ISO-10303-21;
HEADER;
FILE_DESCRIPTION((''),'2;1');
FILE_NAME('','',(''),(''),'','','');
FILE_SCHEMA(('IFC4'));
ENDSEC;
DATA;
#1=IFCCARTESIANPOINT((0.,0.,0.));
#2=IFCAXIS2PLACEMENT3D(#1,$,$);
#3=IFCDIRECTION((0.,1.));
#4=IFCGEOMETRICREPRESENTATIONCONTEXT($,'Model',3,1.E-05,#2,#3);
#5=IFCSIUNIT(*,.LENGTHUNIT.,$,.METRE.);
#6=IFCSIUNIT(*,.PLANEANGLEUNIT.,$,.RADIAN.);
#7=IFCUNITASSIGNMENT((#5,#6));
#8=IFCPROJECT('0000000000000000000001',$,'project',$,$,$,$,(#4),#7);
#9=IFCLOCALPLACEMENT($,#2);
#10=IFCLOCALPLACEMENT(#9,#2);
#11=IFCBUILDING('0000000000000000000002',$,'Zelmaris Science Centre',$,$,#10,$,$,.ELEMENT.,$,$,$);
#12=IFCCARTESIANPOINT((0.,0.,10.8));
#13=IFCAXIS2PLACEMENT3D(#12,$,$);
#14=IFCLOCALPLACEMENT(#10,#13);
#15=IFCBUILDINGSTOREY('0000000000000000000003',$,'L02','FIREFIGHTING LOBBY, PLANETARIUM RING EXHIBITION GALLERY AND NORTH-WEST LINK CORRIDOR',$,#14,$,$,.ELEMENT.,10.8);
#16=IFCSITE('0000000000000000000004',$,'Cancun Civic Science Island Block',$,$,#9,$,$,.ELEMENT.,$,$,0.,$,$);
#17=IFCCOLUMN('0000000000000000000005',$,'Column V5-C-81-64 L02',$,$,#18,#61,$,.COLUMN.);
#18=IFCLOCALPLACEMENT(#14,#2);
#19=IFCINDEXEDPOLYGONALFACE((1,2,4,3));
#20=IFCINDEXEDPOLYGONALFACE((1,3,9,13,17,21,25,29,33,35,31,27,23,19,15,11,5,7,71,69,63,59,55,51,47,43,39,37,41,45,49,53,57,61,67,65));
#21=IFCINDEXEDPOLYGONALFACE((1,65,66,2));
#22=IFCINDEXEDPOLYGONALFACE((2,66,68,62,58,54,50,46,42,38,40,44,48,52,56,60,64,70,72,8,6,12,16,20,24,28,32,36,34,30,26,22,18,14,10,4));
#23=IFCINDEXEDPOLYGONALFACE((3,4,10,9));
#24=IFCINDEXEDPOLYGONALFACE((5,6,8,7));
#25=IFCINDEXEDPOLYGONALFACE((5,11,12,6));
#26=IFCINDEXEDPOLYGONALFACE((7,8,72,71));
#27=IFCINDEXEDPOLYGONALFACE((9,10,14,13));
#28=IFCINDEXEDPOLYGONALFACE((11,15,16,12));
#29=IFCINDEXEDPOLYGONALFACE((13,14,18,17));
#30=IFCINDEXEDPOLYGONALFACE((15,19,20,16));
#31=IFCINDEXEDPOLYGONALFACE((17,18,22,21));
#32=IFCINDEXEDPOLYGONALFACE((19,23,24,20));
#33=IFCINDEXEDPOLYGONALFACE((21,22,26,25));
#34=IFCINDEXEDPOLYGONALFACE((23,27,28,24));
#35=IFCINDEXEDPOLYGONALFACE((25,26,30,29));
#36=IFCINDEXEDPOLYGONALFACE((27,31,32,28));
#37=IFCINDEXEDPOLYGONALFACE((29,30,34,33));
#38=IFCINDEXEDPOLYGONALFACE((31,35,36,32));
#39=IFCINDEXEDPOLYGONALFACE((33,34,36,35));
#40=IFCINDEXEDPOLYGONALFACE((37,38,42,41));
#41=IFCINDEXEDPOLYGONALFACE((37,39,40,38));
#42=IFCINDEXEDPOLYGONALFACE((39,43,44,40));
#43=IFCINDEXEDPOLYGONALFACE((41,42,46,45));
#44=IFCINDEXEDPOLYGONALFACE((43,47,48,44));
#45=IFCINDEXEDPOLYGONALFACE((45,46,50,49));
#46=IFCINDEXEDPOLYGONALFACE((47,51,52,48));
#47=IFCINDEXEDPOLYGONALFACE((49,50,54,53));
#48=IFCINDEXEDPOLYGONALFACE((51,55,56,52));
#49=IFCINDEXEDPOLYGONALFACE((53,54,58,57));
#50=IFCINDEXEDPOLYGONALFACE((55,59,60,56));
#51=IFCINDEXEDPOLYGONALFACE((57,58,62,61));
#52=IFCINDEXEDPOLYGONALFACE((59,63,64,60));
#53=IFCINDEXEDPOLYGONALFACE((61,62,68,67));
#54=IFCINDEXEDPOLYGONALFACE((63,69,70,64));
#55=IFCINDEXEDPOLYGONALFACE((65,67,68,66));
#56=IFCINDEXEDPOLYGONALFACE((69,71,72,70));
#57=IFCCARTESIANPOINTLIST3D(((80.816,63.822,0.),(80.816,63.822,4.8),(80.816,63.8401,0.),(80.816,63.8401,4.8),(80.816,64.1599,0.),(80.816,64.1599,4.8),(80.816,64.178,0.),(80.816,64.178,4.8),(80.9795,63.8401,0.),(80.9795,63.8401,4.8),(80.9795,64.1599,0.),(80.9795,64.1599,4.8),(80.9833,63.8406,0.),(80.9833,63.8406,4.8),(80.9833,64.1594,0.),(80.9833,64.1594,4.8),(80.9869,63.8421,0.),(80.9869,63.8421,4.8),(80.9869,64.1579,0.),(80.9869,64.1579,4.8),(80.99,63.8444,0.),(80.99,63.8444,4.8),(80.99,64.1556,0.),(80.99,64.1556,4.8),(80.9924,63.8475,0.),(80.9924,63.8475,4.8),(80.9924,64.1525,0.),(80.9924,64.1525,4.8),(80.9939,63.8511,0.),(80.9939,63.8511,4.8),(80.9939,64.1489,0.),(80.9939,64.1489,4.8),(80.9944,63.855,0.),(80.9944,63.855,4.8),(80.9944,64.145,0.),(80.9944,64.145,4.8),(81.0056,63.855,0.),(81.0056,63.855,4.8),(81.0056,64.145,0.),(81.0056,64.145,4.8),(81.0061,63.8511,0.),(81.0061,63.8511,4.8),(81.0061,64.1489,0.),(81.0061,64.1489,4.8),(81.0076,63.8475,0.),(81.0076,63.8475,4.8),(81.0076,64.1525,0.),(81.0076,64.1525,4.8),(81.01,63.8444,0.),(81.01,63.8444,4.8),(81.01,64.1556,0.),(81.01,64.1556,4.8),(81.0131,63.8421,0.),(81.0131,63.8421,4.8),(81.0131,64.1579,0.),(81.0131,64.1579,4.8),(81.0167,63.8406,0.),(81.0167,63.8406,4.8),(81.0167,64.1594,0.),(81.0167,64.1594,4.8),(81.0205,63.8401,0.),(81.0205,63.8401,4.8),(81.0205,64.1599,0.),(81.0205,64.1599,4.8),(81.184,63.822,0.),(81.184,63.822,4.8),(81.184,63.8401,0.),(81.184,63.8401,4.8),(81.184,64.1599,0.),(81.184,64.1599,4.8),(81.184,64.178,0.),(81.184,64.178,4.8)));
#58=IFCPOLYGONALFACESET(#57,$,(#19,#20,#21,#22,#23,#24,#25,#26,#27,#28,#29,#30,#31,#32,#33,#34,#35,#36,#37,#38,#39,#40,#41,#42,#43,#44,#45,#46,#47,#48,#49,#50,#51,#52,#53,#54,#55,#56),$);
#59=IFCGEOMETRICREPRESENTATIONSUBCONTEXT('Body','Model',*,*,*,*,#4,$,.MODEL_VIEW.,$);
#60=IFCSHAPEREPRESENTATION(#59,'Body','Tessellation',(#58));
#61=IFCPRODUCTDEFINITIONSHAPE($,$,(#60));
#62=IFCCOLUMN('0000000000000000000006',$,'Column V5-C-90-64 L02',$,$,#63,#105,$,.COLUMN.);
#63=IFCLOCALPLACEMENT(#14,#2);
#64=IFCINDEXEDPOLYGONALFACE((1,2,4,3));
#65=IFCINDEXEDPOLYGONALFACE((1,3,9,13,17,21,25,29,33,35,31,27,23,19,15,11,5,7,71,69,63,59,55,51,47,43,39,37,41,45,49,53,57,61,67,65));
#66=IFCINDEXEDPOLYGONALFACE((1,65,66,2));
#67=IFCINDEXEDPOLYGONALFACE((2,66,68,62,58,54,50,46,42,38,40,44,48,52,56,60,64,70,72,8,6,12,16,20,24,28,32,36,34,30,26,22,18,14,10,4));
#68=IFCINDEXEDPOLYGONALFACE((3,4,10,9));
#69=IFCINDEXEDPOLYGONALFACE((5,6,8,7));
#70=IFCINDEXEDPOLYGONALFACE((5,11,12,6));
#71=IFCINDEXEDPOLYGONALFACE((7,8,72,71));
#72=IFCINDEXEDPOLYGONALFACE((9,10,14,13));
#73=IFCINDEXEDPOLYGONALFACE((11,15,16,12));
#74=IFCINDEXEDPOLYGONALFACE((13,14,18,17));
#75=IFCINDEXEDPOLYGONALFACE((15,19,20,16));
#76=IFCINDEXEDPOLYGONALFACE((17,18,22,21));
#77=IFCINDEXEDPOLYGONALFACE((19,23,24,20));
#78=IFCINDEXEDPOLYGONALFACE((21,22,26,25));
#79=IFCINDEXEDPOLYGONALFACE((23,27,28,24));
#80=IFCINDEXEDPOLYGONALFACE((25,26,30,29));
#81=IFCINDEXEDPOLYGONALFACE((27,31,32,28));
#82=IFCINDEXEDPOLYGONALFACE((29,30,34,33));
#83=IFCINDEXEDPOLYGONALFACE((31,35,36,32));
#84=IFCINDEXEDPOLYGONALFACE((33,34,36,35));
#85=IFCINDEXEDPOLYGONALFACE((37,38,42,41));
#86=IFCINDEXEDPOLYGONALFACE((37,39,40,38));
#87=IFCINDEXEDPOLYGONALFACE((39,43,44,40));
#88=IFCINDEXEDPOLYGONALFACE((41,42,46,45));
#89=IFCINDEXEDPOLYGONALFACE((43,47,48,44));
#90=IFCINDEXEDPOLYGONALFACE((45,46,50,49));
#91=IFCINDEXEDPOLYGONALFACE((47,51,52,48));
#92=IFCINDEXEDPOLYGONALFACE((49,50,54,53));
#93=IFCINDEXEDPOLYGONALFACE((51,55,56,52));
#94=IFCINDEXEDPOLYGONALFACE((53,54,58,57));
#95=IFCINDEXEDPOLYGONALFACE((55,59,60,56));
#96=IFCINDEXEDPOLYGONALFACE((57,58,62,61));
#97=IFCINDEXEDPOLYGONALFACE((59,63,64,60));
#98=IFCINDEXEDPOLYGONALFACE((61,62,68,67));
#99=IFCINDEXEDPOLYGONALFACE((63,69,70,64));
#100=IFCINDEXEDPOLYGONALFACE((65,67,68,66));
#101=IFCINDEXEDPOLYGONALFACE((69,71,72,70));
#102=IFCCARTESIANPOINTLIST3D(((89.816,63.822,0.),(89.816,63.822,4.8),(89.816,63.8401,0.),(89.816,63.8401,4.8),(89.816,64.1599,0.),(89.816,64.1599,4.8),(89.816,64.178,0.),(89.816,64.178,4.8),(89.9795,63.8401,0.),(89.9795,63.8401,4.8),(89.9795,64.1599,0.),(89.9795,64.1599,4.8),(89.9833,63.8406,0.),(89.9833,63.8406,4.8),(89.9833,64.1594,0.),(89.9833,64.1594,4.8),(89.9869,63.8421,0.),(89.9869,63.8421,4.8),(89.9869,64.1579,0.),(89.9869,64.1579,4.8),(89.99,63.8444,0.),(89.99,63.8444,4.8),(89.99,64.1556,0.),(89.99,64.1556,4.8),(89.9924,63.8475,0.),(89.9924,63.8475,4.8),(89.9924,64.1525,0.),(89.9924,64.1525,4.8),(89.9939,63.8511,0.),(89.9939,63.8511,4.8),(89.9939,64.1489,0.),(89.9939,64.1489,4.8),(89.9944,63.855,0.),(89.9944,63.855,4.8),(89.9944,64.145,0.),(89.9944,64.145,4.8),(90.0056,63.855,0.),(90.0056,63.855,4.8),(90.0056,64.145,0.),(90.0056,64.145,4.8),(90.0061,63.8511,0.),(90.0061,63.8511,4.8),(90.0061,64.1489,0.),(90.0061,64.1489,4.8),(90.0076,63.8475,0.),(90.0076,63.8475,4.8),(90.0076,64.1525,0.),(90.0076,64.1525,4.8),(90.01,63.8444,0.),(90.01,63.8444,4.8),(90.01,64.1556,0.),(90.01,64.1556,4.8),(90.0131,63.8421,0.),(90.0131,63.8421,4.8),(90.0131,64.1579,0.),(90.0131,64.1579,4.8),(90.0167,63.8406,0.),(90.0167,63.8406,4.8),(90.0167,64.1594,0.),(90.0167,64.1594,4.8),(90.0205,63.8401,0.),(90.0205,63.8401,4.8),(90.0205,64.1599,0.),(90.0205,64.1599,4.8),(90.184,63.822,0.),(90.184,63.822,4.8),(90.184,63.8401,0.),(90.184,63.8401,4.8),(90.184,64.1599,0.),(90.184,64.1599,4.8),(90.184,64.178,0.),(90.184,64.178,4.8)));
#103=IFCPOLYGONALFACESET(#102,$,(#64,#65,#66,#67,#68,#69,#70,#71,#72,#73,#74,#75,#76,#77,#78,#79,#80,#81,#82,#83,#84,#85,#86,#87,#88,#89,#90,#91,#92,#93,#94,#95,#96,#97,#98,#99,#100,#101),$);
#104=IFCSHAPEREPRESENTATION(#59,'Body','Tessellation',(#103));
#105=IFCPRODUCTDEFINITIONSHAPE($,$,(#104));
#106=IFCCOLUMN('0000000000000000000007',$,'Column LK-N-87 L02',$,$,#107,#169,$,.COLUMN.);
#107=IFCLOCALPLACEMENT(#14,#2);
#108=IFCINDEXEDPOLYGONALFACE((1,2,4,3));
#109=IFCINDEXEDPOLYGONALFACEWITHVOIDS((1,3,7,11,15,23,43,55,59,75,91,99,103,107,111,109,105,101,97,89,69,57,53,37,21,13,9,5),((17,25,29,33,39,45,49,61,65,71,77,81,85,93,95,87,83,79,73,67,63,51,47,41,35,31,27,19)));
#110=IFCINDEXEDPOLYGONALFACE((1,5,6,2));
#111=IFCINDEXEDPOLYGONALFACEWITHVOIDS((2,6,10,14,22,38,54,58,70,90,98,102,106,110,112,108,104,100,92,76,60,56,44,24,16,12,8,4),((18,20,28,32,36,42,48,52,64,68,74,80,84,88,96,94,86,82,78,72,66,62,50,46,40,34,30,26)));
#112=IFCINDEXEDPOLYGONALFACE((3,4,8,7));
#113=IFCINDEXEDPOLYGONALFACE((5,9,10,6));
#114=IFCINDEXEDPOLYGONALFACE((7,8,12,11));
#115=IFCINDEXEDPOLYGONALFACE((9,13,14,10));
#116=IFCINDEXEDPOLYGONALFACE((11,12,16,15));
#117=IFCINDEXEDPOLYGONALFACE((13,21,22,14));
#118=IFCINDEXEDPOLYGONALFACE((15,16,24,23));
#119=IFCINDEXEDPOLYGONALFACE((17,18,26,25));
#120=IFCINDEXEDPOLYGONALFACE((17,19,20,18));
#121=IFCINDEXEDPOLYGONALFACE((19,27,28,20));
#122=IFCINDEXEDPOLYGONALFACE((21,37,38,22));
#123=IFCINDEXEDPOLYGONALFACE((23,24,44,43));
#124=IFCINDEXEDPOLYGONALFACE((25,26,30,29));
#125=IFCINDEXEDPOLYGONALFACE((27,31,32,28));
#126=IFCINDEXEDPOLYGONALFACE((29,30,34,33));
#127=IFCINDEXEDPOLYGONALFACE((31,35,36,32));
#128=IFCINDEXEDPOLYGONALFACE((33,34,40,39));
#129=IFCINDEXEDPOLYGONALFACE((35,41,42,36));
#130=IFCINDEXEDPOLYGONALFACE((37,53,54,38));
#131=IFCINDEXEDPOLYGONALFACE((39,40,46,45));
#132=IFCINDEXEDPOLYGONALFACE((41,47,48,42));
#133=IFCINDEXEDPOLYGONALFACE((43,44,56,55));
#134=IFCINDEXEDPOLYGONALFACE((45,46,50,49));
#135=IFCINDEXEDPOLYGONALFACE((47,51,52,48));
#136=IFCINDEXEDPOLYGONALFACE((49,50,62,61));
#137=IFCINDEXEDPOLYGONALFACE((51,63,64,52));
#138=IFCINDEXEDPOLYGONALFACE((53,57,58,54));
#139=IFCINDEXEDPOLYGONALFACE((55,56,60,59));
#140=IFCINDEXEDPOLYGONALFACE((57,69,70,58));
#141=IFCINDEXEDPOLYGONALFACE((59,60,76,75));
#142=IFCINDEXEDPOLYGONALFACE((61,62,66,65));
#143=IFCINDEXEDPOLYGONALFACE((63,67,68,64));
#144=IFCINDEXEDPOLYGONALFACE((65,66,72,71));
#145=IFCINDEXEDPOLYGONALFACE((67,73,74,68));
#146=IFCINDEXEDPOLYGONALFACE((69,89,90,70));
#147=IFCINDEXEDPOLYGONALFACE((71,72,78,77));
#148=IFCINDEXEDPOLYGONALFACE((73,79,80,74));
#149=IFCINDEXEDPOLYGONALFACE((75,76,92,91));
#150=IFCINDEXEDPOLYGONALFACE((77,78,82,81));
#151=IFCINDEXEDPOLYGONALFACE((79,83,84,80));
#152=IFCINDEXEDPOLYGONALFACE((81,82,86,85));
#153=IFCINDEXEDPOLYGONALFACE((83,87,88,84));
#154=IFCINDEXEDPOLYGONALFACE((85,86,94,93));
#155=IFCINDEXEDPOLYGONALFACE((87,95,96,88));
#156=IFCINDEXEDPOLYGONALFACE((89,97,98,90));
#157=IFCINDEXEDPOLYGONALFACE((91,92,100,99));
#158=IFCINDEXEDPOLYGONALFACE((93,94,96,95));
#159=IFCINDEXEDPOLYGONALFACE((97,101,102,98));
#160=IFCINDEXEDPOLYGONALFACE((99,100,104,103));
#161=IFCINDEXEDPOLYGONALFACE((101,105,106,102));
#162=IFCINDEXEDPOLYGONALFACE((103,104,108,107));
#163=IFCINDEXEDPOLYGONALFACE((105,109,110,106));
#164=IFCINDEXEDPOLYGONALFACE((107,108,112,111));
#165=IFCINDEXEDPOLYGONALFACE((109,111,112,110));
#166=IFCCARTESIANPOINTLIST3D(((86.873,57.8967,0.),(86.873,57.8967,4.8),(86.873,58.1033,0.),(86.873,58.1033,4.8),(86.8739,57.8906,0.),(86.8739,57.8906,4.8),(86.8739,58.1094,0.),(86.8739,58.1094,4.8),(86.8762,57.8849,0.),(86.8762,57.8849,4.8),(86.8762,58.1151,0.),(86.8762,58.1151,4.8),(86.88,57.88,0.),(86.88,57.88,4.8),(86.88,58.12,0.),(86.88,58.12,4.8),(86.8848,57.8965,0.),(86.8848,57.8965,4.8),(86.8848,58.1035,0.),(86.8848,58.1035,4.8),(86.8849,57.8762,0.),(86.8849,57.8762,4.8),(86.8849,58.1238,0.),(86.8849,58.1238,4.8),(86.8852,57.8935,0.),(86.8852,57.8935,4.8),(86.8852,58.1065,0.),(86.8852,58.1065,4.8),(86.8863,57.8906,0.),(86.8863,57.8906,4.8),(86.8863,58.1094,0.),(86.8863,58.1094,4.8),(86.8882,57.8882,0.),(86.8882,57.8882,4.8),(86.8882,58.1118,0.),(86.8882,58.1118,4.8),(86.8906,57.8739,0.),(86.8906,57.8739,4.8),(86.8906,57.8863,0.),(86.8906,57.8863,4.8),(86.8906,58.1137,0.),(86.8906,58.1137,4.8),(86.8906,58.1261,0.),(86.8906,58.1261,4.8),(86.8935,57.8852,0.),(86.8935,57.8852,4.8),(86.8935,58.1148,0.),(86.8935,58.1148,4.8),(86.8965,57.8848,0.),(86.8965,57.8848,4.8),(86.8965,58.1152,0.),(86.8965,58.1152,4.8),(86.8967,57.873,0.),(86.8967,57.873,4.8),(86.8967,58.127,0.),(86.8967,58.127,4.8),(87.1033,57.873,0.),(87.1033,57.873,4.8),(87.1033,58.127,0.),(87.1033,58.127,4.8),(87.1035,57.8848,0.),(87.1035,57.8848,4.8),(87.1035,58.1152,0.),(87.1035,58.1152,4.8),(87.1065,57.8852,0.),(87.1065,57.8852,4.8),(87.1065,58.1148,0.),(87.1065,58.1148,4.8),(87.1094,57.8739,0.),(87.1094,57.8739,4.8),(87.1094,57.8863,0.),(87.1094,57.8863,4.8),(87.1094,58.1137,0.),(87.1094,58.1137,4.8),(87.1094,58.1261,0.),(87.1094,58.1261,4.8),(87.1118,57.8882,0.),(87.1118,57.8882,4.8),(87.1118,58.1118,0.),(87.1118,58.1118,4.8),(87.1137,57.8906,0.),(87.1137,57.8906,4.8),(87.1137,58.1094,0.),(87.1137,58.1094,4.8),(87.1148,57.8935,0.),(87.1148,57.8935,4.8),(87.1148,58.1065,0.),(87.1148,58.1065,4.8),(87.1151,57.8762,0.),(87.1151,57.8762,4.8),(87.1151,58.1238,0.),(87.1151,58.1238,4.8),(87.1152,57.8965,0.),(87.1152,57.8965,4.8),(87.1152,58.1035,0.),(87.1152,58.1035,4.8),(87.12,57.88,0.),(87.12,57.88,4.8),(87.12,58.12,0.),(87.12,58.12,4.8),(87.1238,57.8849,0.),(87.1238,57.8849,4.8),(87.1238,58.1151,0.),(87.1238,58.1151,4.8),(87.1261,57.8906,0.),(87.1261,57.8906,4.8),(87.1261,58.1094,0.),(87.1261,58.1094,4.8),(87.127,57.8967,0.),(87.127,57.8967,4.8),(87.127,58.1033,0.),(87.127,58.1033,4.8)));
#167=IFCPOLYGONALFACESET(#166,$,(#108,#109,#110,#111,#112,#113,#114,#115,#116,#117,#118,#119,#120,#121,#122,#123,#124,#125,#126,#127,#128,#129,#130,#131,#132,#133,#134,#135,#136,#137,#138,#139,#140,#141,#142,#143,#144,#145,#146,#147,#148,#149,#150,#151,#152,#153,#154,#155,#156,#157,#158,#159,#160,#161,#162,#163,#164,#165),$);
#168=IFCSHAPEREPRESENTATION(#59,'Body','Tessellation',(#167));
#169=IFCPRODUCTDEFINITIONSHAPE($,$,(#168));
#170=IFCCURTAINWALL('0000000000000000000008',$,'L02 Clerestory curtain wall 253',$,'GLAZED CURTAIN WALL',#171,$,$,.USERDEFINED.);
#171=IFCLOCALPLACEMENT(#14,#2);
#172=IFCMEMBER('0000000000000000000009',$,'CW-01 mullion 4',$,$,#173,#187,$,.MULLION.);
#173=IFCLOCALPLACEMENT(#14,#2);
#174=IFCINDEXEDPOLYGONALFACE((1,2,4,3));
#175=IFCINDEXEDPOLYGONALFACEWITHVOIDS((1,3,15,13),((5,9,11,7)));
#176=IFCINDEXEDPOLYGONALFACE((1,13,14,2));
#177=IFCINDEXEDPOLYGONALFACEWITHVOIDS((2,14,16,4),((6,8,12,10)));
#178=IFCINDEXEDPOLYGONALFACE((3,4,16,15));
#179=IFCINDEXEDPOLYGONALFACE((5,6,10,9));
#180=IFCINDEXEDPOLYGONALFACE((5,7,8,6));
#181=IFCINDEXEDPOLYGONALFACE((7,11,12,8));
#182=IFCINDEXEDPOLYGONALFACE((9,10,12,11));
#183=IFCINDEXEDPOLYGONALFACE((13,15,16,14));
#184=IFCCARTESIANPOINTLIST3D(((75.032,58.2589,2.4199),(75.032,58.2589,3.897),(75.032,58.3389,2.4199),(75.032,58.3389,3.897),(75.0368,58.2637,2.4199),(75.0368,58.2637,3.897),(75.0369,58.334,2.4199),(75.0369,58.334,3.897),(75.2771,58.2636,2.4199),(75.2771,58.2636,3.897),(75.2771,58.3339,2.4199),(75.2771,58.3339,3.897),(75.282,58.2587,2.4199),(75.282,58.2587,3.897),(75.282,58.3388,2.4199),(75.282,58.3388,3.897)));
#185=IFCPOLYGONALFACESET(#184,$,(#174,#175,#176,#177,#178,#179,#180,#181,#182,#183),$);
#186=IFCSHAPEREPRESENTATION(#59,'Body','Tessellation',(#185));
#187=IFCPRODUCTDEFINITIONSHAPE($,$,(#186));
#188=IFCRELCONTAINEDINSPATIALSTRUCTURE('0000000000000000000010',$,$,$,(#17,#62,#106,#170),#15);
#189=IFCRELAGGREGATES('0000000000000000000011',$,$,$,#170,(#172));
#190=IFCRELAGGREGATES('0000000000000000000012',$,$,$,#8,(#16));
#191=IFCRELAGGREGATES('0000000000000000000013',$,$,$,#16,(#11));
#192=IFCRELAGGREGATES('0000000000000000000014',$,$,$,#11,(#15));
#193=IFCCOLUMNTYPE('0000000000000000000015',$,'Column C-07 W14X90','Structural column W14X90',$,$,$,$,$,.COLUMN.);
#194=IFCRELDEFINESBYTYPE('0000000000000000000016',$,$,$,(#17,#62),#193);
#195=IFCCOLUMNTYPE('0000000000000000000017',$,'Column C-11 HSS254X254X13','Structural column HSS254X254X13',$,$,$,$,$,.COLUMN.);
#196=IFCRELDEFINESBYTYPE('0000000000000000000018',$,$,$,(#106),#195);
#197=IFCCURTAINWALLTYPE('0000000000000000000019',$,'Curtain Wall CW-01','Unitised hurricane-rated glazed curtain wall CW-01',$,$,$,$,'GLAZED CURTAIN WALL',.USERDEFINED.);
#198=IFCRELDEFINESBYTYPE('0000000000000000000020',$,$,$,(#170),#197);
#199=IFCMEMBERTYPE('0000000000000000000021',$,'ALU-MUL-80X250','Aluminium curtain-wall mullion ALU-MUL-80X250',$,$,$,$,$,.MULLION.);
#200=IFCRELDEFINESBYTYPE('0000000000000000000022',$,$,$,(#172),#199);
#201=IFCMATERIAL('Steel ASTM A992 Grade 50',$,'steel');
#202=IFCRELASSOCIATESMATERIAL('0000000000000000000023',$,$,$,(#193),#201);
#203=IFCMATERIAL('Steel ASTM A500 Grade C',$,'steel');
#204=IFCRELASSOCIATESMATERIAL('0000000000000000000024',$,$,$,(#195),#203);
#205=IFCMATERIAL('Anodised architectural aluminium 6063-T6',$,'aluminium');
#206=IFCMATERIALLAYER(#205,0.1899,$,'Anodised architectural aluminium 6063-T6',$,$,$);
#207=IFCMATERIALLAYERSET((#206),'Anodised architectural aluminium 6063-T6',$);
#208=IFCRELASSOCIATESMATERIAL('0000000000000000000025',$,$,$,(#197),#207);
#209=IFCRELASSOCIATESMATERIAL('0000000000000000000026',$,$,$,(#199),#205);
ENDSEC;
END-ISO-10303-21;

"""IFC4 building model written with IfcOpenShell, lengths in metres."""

from ifc_helpers import new_model, si_unit, direction, frame, origin, origin_2d, place, context, subcontext, project, spatial, hollow_rectangle, i_section, extrude, material, layer, layer_set, material_profile, profile_set, type_object, element, aggregate, save


model = new_model("IFC4")

# Units and contexts
model_context = context("Model", 3, precision=1e-05, world=origin(), true_north=direction((0.0, 1.0)))
body_context = subcontext(model_context, "Body", "Model", "MODEL_VIEW")
ifc_project = project(units=[si_unit("LENGTHUNIT", "METRE"), si_unit("PLANEANGLEUNIT", "RADIAN")], contexts=[model_context])

# Site, building, storey
site_placement = place(None, origin())
site = spatial("IfcSite", under=ifc_project, at=site_placement, Name="Cancun Civic Science Island Block", CompositionType="ELEMENT", RefElevation=0.0)
building_placement = place(site_placement, origin())
building = spatial("IfcBuilding", under=site, at=building_placement, Name="Zelmaris Science Centre", CompositionType="ELEMENT")
storey_placement = place(building_placement, frame((0.0, 0.0, 10.8)))
storey = spatial("IfcBuildingStorey", under=building, at=storey_placement, Name="L02", Description="FIREFIGHTING LOBBY, PLANETARIUM RING EXHIBITION GALLERY AND NORTH-WEST LINK CORRIDOR", CompositionType="ELEMENT", Elevation=10.8)

# Columns
ifc_material_1 = material(Name="Steel ASTM A992 Grade 50", Category="steel")
ifc_material_profile_1 = material_profile(ifc_material_1, i_section(OverallWidth=0.3679, OverallDepth=0.356, WebThickness=0.0112, FlangeThickness=0.0181, FilletRadius=0.0149, at=origin_2d()), Name="W14X90")
ifc_profile_set_1 = profile_set([ifc_material_profile_1], Name="Steel ASTM A992 Grade 50")
column_type_1 = type_object("IfcColumnType", Name="Column C-07 W14X90", Description="Structural column W14X90", PredefinedType="COLUMN", material=ifc_profile_set_1)
for number, where, z_axis, x_axis, name in (
    (1, (81.0, 64.0, 0.0), (0.0, 0.0, 1.0), (1.0, 0.0, 0.0), "Column V5-C-81-64 L02"),
    (2, (90.0, 64.0, 0.0), (0.0, 0.0, 1.0), (1.0, 0.0, 0.0), "Column V5-C-90-64 L02"),
):
    element("IfcColumn", number, at=place(storey_placement, frame(where, z_axis=z_axis, x_axis=x_axis)), inside=storey, type_object=column_type_1, Name=name, PredefinedType="COLUMN", context=body_context, shape_type="SweptSolid", body=[
        extrude(i_section(OverallWidth=0.3679, OverallDepth=0.356, WebThickness=0.0112, FlangeThickness=0.0181, FilletRadius=0.0149, at=origin_2d()), origin(), (0.0, 0.0, 1.0), 4.8),
    ])
ifc_material_2 = material(Name="Steel ASTM A500 Grade C", Category="steel")
ifc_material_profile_2 = material_profile(ifc_material_2, hollow_rectangle(XDim=0.2539, YDim=0.2539, WallThickness=0.0117, InnerFilletRadius=0.0117, OuterFilletRadius=0.0237, at=origin_2d()), Name="HSS254X254X13")
ifc_profile_set_2 = profile_set([ifc_material_profile_2], Name="Steel ASTM A500 Grade C")
column_type_2 = type_object("IfcColumnType", Name="Column C-11 HSS254X254X13", Description="Structural column HSS254X254X13", PredefinedType="COLUMN", material=ifc_profile_set_2)
column_placement = place(storey_placement, frame((87.0, 58.0, 0.0), z_axis=(0.0, 0.0, 1.0), x_axis=(1.0, 0.0, 0.0)))
element("IfcColumn", 3, at=column_placement, inside=storey, type_object=column_type_2, Name="Column LK-N-87 L02", PredefinedType="COLUMN", context=body_context, shape_type="SweptSolid", body=[
    extrude(hollow_rectangle(XDim=0.2539, YDim=0.2539, WallThickness=0.0117, InnerFilletRadius=0.0117, OuterFilletRadius=0.0237, at=origin_2d()), origin(), (0.0, 0.0, 1.0), 4.8),
])

# Curtain wall, member
ifc_material_3 = material(Name="Anodised architectural aluminium 6063-T6", Category="aluminium")
ifc_layer_1 = layer(ifc_material_3, 0.1899, Name="Anodised architectural aluminium 6063-T6")
ifc_layer_set_1 = layer_set([ifc_layer_1], Name="Anodised architectural aluminium 6063-T6")
curtain_wall_type = type_object("IfcCurtainWallType", Name="Curtain Wall CW-01", Description="Unitised hurricane-rated glazed curtain wall CW-01", ElementType="GLAZED CURTAIN WALL", PredefinedType="USERDEFINED", material=ifc_layer_set_1)
curtain_wall_placement = place(storey_placement, origin())
curtain_wall = element("IfcCurtainWall", 4, at=curtain_wall_placement, inside=storey, type_object=curtain_wall_type, Name="L02 Clerestory curtain wall 253", ObjectType="GLAZED CURTAIN WALL", PredefinedType="USERDEFINED")
ifc_material_profile_3 = material_profile(ifc_material_3, hollow_rectangle(XDim=0.0801, YDim=0.25, WallThickness=0.0049, at=origin_2d()), Name="ALU-MUL-80X250")
ifc_profile_set_3 = profile_set([ifc_material_profile_3], Name="Anodised architectural aluminium 6063-T6")
member_type_1 = type_object("IfcMemberType", Name="ALU-MUL-80X250", Description="Aluminium curtain-wall mullion ALU-MUL-80X250", PredefinedType="MULLION", material=ifc_profile_set_3)
member_1_placement = place(storey_placement, frame((75.157, 58.2988, 2.4199), z_axis=(0.0, 0.0, 1.0), x_axis=(0.000534, 1.0, 0.0)))
member_1 = element("IfcMember", 5, at=member_1_placement, type_object=member_type_1, Name="CW-01 mullion 4", PredefinedType="MULLION", context=body_context, shape_type="SweptSolid", body=[
    extrude(hollow_rectangle(XDim=0.0801, YDim=0.25, WallThickness=0.0049, at=origin_2d()), origin(), (0.0, 0.0, 1.0), 1.4771),
])

aggregate(curtain_wall, [member_1])

save(model, "model.ifc")
